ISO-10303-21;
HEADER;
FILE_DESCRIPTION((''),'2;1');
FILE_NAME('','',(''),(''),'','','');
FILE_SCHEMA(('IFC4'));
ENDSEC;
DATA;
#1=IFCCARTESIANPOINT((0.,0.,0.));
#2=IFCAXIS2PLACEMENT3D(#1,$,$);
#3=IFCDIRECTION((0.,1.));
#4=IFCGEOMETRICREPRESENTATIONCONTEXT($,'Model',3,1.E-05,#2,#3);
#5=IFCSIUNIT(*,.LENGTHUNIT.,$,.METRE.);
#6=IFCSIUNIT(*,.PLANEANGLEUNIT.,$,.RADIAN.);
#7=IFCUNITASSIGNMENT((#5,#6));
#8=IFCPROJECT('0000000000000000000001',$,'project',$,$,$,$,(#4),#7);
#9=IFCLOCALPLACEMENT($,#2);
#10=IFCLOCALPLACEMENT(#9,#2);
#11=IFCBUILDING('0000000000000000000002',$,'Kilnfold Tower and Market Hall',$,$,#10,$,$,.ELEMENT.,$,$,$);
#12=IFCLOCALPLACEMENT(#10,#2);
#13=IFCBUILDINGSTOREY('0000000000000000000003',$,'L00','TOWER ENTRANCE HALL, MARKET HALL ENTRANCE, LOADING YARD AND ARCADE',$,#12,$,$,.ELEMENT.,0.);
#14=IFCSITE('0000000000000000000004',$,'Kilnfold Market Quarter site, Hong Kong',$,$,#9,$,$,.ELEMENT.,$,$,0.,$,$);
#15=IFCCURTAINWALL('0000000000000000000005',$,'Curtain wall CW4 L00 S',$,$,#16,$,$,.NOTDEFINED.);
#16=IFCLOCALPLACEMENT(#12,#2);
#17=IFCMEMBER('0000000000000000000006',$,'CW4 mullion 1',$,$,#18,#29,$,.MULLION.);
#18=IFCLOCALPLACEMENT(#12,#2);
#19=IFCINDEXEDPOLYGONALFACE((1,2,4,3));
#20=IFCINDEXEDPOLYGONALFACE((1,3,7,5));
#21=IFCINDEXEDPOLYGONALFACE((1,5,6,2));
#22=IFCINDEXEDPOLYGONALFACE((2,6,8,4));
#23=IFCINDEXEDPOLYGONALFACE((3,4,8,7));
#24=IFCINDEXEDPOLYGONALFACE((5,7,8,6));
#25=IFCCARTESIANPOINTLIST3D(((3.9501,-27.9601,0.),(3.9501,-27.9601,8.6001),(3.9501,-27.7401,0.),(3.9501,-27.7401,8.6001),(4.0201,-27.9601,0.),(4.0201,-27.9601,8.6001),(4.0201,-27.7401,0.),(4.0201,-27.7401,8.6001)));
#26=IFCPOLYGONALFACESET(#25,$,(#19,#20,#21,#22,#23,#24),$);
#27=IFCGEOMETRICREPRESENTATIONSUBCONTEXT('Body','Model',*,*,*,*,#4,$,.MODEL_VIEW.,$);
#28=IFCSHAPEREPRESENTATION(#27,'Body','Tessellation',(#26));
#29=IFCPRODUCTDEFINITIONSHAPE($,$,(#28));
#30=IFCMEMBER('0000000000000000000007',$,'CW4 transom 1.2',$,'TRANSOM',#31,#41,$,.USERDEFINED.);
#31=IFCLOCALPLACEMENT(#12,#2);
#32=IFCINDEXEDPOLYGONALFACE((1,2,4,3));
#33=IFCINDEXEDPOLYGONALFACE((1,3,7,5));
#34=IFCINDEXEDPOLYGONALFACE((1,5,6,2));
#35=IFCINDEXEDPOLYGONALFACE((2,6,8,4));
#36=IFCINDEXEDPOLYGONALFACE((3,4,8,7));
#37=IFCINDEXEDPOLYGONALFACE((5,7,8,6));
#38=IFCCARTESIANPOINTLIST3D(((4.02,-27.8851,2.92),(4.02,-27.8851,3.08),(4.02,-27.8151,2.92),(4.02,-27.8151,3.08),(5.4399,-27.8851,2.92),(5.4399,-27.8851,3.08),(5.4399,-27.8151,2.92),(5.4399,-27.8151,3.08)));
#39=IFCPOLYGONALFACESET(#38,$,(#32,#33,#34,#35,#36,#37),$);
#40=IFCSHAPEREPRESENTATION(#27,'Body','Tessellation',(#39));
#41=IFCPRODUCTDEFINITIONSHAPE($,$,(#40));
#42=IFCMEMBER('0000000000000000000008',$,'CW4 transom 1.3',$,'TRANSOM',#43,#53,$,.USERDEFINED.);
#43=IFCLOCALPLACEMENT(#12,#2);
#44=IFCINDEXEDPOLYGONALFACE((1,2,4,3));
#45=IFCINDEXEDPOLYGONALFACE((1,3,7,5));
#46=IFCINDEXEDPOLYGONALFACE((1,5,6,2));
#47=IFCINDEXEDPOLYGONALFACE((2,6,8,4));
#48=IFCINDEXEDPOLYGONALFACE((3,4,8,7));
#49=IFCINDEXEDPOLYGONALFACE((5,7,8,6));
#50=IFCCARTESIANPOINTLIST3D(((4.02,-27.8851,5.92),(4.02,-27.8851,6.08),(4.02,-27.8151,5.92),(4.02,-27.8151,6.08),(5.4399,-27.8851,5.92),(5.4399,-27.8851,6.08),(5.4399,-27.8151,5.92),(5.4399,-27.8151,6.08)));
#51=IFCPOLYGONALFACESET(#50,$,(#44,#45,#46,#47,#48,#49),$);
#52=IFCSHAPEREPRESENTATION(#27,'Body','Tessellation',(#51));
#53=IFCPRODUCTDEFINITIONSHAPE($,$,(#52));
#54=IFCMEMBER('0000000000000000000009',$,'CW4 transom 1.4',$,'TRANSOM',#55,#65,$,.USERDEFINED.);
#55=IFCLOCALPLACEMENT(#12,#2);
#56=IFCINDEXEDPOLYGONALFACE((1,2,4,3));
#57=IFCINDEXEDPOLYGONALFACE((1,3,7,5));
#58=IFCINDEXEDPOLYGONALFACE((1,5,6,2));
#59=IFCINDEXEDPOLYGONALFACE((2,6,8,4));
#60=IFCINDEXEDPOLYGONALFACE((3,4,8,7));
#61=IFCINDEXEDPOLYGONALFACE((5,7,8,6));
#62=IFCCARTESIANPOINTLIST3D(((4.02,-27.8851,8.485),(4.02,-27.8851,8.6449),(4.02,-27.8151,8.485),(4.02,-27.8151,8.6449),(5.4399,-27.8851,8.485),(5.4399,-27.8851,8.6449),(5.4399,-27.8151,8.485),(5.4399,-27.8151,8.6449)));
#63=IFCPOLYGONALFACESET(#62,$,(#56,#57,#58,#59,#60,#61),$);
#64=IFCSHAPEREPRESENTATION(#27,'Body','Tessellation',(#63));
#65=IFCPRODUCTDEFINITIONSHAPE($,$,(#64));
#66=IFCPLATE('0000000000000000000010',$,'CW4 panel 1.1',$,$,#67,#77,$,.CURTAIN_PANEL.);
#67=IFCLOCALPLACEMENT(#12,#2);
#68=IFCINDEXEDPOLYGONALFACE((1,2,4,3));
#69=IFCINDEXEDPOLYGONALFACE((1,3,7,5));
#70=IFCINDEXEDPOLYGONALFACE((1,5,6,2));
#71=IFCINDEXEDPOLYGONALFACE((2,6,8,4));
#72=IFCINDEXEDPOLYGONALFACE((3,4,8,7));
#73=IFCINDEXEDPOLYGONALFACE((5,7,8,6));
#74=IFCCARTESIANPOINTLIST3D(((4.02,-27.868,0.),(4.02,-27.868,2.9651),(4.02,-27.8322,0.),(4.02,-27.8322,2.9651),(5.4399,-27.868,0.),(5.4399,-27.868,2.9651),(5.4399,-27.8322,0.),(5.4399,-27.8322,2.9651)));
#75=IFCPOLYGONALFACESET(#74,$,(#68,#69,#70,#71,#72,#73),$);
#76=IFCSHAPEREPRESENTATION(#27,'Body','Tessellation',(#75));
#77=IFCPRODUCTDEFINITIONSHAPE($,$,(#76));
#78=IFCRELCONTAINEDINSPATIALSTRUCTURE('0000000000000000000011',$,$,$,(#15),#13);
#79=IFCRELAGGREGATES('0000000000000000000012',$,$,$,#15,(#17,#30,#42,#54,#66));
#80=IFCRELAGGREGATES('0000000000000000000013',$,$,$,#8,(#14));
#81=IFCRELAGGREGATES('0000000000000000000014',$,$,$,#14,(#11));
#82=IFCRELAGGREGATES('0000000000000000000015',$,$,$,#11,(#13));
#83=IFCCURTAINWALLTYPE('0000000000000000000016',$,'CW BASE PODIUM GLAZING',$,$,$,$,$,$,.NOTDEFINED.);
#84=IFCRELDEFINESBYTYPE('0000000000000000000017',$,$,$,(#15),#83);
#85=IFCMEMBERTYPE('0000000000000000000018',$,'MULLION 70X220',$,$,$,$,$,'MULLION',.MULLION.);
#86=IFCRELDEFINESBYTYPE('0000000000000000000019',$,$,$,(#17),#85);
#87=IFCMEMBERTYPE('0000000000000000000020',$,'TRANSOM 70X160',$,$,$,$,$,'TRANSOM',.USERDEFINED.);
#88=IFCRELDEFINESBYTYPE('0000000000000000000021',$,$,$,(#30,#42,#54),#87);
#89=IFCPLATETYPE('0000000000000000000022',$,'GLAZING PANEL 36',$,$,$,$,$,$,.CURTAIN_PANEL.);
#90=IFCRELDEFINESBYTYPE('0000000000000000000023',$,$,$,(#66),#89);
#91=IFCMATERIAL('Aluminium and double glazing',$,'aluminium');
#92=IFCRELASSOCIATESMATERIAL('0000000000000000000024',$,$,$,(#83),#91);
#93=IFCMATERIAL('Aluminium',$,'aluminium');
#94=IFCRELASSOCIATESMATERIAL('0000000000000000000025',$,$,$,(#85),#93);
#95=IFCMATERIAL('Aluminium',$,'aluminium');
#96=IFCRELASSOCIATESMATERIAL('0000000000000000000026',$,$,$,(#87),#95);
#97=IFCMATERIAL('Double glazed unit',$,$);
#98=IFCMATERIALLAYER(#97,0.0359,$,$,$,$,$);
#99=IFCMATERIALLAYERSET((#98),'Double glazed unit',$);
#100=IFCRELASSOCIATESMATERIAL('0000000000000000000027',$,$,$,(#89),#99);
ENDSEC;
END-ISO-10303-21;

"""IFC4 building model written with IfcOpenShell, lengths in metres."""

from ifc_helpers import new_model, si_unit, direction, frame, origin, origin_2d, place, context, subcontext, project, spatial, rectangle, extrude, source, transform, mapped, material, layer, layer_set, material_profile, profile_set, type_object, element, aggregate, save


model = new_model("IFC4")

# Units and contexts
model_context = context("Model", 3, precision=1e-05, world=origin(), true_north=direction((0.0, 1.0)))
body_context = subcontext(model_context, "Body", "Model", "MODEL_VIEW")
ifc_project = project(units=[si_unit("LENGTHUNIT", "METRE"), si_unit("PLANEANGLEUNIT", "RADIAN")], contexts=[model_context])

# Site, building, storey
site_placement = place(None, origin())
site = spatial("IfcSite", under=ifc_project, at=site_placement, Name="Kilnfold Market Quarter site, Hong Kong", CompositionType="ELEMENT", RefElevation=0.0)
building_placement = place(site_placement, origin())
building = spatial("IfcBuilding", under=site, at=building_placement, Name="Kilnfold Tower and Market Hall", CompositionType="ELEMENT")
storey_placement = place(building_placement, origin())
storey = spatial("IfcBuildingStorey", under=building, at=storey_placement, Name="L00", Description="TOWER ENTRANCE HALL, MARKET HALL ENTRANCE, LOADING YARD AND ARCADE", CompositionType="ELEMENT", Elevation=0.0)

# Curtain wall, members, plate
ifc_material_1 = material(Name="Aluminium and double glazing", Category="aluminium")
curtain_wall_type = type_object("IfcCurtainWallType", Name="CW BASE PODIUM GLAZING", PredefinedType="NOTDEFINED", material=ifc_material_1)
curtain_wall_placement = place(storey_placement, origin())
curtain_wall = element("IfcCurtainWall", 1, at=curtain_wall_placement, inside=storey, type_object=curtain_wall_type, Name="Curtain wall CW4 L00 S", PredefinedType="NOTDEFINED")
ifc_material_2 = material(Name="Aluminium", Category="aluminium")
ifc_material_profile_1 = material_profile(ifc_material_2, rectangle(XDim=0.0701, YDim=0.22, at=origin_2d()), Name="MULLION 70x220")
ifc_profile_set_1 = profile_set([ifc_material_profile_1], Name="Aluminium")
member_type_1 = type_object("IfcMemberType", Name="MULLION 70X220", ElementType="MULLION", PredefinedType="MULLION", material=ifc_profile_set_1)
shared_shape_1 = source(origin(), body_context, "Body", "SweptSolid", [
    extrude(rectangle(XDim=0.0701, YDim=0.22, at=origin_2d()), origin(), (0.0, 0.0, 1.0), 8.6001),
])
member_1_placement = place(storey_placement, frame((3.9851, -27.8501, 0.0), z_axis=(0.0, 0.0, 1.0), x_axis=(1.0, 0.0, 0.0)))
member_1 = element("IfcMember", 2, at=member_1_placement, type_object=member_type_1, Name="CW4 mullion 1", PredefinedType="MULLION", context=body_context, shape_type="MappedRepresentation", body=[
    mapped(shared_shape_1, transform((0.0, 0.0, 0.0))),
])
ifc_material_3 = material(Name="Aluminium", Category="aluminium")
ifc_material_profile_2 = material_profile(ifc_material_3, rectangle(XDim=0.0701, YDim=0.1599, at=origin_2d()), Name="TRANSOM 70x160")
ifc_profile_set_2 = profile_set([ifc_material_profile_2], Name="Aluminium")
member_type_2 = type_object("IfcMemberType", Name="TRANSOM 70X160", ElementType="TRANSOM", PredefinedType="USERDEFINED", material=ifc_profile_set_2)
shared_shape_2 = source(origin(), body_context, "Body", "SweptSolid", [
    extrude(rectangle(XDim=0.0701, YDim=0.1599, at=origin_2d()), origin(), (0.0, 0.0, 1.0), 1.4199),
])
member_2_placement = place(storey_placement, frame((4.02, -27.8501, 3.0), z_axis=(1.0, 0.0, 0.0), x_axis=(0.0, 1.0, 0.0)))
member_2 = element("IfcMember", 3, at=member_2_placement, type_object=member_type_2, Name="CW4 transom 1.2", ObjectType="TRANSOM", PredefinedType="USERDEFINED", context=body_context, shape_type="MappedRepresentation", body=[
    mapped(shared_shape_2, transform((0.0, 0.0, 0.0))),
])
member_3_placement = place(storey_placement, frame((4.02, -27.8501, 6.0), z_axis=(1.0, 0.0, 0.0), x_axis=(0.0, 1.0, 0.0)))
member_3 = element("IfcMember", 4, at=member_3_placement, type_object=member_type_2, Name="CW4 transom 1.3", ObjectType="TRANSOM", PredefinedType="USERDEFINED", context=body_context, shape_type="MappedRepresentation", body=[
    mapped(shared_shape_2, transform((0.0, 0.0, 0.0))),
])
member_4_placement = place(storey_placement, frame((4.02, -27.8501, 8.5649), z_axis=(1.0, 0.0, 0.0), x_axis=(0.0, 1.0, 0.0)))
member_4 = element("IfcMember", 5, at=member_4_placement, type_object=member_type_2, Name="CW4 transom 1.4", ObjectType="TRANSOM", PredefinedType="USERDEFINED", context=body_context, shape_type="MappedRepresentation", body=[
    mapped(shared_shape_2, transform((0.0, 0.0, 0.0))),
])
ifc_material_4 = material(Name="Double glazed unit")
ifc_layer = layer(ifc_material_4, 0.0359)
ifc_layer_set = layer_set([ifc_layer], Name="Double glazed unit")
plate_type = type_object("IfcPlateType", Name="GLAZING PANEL 36", PredefinedType="CURTAIN_PANEL", material=ifc_layer_set)
shared_shape_3 = source(origin(), body_context, "Body", "SweptSolid", [
    extrude(rectangle(XDim=1.4199, YDim=0.0359, at=origin_2d()), origin(), (0.0, 0.0, 1.0), 2.9651),
])
plate_placement = place(storey_placement, frame((4.73, -27.8501, 0.0), z_axis=(0.0, 0.0, 1.0), x_axis=(1.0, 0.0, 0.0)))
plate = element("IfcPlate", 6, at=plate_placement, type_object=plate_type, Name="CW4 panel 1.1", PredefinedType="CURTAIN_PANEL", context=body_context, shape_type="MappedRepresentation", body=[
    mapped(shared_shape_3, transform((0.0, 0.0, 0.0))),
])
aggregate(curtain_wall, [member_1, member_2, member_3, member_4, plate])

save(model, "model.ifc")
